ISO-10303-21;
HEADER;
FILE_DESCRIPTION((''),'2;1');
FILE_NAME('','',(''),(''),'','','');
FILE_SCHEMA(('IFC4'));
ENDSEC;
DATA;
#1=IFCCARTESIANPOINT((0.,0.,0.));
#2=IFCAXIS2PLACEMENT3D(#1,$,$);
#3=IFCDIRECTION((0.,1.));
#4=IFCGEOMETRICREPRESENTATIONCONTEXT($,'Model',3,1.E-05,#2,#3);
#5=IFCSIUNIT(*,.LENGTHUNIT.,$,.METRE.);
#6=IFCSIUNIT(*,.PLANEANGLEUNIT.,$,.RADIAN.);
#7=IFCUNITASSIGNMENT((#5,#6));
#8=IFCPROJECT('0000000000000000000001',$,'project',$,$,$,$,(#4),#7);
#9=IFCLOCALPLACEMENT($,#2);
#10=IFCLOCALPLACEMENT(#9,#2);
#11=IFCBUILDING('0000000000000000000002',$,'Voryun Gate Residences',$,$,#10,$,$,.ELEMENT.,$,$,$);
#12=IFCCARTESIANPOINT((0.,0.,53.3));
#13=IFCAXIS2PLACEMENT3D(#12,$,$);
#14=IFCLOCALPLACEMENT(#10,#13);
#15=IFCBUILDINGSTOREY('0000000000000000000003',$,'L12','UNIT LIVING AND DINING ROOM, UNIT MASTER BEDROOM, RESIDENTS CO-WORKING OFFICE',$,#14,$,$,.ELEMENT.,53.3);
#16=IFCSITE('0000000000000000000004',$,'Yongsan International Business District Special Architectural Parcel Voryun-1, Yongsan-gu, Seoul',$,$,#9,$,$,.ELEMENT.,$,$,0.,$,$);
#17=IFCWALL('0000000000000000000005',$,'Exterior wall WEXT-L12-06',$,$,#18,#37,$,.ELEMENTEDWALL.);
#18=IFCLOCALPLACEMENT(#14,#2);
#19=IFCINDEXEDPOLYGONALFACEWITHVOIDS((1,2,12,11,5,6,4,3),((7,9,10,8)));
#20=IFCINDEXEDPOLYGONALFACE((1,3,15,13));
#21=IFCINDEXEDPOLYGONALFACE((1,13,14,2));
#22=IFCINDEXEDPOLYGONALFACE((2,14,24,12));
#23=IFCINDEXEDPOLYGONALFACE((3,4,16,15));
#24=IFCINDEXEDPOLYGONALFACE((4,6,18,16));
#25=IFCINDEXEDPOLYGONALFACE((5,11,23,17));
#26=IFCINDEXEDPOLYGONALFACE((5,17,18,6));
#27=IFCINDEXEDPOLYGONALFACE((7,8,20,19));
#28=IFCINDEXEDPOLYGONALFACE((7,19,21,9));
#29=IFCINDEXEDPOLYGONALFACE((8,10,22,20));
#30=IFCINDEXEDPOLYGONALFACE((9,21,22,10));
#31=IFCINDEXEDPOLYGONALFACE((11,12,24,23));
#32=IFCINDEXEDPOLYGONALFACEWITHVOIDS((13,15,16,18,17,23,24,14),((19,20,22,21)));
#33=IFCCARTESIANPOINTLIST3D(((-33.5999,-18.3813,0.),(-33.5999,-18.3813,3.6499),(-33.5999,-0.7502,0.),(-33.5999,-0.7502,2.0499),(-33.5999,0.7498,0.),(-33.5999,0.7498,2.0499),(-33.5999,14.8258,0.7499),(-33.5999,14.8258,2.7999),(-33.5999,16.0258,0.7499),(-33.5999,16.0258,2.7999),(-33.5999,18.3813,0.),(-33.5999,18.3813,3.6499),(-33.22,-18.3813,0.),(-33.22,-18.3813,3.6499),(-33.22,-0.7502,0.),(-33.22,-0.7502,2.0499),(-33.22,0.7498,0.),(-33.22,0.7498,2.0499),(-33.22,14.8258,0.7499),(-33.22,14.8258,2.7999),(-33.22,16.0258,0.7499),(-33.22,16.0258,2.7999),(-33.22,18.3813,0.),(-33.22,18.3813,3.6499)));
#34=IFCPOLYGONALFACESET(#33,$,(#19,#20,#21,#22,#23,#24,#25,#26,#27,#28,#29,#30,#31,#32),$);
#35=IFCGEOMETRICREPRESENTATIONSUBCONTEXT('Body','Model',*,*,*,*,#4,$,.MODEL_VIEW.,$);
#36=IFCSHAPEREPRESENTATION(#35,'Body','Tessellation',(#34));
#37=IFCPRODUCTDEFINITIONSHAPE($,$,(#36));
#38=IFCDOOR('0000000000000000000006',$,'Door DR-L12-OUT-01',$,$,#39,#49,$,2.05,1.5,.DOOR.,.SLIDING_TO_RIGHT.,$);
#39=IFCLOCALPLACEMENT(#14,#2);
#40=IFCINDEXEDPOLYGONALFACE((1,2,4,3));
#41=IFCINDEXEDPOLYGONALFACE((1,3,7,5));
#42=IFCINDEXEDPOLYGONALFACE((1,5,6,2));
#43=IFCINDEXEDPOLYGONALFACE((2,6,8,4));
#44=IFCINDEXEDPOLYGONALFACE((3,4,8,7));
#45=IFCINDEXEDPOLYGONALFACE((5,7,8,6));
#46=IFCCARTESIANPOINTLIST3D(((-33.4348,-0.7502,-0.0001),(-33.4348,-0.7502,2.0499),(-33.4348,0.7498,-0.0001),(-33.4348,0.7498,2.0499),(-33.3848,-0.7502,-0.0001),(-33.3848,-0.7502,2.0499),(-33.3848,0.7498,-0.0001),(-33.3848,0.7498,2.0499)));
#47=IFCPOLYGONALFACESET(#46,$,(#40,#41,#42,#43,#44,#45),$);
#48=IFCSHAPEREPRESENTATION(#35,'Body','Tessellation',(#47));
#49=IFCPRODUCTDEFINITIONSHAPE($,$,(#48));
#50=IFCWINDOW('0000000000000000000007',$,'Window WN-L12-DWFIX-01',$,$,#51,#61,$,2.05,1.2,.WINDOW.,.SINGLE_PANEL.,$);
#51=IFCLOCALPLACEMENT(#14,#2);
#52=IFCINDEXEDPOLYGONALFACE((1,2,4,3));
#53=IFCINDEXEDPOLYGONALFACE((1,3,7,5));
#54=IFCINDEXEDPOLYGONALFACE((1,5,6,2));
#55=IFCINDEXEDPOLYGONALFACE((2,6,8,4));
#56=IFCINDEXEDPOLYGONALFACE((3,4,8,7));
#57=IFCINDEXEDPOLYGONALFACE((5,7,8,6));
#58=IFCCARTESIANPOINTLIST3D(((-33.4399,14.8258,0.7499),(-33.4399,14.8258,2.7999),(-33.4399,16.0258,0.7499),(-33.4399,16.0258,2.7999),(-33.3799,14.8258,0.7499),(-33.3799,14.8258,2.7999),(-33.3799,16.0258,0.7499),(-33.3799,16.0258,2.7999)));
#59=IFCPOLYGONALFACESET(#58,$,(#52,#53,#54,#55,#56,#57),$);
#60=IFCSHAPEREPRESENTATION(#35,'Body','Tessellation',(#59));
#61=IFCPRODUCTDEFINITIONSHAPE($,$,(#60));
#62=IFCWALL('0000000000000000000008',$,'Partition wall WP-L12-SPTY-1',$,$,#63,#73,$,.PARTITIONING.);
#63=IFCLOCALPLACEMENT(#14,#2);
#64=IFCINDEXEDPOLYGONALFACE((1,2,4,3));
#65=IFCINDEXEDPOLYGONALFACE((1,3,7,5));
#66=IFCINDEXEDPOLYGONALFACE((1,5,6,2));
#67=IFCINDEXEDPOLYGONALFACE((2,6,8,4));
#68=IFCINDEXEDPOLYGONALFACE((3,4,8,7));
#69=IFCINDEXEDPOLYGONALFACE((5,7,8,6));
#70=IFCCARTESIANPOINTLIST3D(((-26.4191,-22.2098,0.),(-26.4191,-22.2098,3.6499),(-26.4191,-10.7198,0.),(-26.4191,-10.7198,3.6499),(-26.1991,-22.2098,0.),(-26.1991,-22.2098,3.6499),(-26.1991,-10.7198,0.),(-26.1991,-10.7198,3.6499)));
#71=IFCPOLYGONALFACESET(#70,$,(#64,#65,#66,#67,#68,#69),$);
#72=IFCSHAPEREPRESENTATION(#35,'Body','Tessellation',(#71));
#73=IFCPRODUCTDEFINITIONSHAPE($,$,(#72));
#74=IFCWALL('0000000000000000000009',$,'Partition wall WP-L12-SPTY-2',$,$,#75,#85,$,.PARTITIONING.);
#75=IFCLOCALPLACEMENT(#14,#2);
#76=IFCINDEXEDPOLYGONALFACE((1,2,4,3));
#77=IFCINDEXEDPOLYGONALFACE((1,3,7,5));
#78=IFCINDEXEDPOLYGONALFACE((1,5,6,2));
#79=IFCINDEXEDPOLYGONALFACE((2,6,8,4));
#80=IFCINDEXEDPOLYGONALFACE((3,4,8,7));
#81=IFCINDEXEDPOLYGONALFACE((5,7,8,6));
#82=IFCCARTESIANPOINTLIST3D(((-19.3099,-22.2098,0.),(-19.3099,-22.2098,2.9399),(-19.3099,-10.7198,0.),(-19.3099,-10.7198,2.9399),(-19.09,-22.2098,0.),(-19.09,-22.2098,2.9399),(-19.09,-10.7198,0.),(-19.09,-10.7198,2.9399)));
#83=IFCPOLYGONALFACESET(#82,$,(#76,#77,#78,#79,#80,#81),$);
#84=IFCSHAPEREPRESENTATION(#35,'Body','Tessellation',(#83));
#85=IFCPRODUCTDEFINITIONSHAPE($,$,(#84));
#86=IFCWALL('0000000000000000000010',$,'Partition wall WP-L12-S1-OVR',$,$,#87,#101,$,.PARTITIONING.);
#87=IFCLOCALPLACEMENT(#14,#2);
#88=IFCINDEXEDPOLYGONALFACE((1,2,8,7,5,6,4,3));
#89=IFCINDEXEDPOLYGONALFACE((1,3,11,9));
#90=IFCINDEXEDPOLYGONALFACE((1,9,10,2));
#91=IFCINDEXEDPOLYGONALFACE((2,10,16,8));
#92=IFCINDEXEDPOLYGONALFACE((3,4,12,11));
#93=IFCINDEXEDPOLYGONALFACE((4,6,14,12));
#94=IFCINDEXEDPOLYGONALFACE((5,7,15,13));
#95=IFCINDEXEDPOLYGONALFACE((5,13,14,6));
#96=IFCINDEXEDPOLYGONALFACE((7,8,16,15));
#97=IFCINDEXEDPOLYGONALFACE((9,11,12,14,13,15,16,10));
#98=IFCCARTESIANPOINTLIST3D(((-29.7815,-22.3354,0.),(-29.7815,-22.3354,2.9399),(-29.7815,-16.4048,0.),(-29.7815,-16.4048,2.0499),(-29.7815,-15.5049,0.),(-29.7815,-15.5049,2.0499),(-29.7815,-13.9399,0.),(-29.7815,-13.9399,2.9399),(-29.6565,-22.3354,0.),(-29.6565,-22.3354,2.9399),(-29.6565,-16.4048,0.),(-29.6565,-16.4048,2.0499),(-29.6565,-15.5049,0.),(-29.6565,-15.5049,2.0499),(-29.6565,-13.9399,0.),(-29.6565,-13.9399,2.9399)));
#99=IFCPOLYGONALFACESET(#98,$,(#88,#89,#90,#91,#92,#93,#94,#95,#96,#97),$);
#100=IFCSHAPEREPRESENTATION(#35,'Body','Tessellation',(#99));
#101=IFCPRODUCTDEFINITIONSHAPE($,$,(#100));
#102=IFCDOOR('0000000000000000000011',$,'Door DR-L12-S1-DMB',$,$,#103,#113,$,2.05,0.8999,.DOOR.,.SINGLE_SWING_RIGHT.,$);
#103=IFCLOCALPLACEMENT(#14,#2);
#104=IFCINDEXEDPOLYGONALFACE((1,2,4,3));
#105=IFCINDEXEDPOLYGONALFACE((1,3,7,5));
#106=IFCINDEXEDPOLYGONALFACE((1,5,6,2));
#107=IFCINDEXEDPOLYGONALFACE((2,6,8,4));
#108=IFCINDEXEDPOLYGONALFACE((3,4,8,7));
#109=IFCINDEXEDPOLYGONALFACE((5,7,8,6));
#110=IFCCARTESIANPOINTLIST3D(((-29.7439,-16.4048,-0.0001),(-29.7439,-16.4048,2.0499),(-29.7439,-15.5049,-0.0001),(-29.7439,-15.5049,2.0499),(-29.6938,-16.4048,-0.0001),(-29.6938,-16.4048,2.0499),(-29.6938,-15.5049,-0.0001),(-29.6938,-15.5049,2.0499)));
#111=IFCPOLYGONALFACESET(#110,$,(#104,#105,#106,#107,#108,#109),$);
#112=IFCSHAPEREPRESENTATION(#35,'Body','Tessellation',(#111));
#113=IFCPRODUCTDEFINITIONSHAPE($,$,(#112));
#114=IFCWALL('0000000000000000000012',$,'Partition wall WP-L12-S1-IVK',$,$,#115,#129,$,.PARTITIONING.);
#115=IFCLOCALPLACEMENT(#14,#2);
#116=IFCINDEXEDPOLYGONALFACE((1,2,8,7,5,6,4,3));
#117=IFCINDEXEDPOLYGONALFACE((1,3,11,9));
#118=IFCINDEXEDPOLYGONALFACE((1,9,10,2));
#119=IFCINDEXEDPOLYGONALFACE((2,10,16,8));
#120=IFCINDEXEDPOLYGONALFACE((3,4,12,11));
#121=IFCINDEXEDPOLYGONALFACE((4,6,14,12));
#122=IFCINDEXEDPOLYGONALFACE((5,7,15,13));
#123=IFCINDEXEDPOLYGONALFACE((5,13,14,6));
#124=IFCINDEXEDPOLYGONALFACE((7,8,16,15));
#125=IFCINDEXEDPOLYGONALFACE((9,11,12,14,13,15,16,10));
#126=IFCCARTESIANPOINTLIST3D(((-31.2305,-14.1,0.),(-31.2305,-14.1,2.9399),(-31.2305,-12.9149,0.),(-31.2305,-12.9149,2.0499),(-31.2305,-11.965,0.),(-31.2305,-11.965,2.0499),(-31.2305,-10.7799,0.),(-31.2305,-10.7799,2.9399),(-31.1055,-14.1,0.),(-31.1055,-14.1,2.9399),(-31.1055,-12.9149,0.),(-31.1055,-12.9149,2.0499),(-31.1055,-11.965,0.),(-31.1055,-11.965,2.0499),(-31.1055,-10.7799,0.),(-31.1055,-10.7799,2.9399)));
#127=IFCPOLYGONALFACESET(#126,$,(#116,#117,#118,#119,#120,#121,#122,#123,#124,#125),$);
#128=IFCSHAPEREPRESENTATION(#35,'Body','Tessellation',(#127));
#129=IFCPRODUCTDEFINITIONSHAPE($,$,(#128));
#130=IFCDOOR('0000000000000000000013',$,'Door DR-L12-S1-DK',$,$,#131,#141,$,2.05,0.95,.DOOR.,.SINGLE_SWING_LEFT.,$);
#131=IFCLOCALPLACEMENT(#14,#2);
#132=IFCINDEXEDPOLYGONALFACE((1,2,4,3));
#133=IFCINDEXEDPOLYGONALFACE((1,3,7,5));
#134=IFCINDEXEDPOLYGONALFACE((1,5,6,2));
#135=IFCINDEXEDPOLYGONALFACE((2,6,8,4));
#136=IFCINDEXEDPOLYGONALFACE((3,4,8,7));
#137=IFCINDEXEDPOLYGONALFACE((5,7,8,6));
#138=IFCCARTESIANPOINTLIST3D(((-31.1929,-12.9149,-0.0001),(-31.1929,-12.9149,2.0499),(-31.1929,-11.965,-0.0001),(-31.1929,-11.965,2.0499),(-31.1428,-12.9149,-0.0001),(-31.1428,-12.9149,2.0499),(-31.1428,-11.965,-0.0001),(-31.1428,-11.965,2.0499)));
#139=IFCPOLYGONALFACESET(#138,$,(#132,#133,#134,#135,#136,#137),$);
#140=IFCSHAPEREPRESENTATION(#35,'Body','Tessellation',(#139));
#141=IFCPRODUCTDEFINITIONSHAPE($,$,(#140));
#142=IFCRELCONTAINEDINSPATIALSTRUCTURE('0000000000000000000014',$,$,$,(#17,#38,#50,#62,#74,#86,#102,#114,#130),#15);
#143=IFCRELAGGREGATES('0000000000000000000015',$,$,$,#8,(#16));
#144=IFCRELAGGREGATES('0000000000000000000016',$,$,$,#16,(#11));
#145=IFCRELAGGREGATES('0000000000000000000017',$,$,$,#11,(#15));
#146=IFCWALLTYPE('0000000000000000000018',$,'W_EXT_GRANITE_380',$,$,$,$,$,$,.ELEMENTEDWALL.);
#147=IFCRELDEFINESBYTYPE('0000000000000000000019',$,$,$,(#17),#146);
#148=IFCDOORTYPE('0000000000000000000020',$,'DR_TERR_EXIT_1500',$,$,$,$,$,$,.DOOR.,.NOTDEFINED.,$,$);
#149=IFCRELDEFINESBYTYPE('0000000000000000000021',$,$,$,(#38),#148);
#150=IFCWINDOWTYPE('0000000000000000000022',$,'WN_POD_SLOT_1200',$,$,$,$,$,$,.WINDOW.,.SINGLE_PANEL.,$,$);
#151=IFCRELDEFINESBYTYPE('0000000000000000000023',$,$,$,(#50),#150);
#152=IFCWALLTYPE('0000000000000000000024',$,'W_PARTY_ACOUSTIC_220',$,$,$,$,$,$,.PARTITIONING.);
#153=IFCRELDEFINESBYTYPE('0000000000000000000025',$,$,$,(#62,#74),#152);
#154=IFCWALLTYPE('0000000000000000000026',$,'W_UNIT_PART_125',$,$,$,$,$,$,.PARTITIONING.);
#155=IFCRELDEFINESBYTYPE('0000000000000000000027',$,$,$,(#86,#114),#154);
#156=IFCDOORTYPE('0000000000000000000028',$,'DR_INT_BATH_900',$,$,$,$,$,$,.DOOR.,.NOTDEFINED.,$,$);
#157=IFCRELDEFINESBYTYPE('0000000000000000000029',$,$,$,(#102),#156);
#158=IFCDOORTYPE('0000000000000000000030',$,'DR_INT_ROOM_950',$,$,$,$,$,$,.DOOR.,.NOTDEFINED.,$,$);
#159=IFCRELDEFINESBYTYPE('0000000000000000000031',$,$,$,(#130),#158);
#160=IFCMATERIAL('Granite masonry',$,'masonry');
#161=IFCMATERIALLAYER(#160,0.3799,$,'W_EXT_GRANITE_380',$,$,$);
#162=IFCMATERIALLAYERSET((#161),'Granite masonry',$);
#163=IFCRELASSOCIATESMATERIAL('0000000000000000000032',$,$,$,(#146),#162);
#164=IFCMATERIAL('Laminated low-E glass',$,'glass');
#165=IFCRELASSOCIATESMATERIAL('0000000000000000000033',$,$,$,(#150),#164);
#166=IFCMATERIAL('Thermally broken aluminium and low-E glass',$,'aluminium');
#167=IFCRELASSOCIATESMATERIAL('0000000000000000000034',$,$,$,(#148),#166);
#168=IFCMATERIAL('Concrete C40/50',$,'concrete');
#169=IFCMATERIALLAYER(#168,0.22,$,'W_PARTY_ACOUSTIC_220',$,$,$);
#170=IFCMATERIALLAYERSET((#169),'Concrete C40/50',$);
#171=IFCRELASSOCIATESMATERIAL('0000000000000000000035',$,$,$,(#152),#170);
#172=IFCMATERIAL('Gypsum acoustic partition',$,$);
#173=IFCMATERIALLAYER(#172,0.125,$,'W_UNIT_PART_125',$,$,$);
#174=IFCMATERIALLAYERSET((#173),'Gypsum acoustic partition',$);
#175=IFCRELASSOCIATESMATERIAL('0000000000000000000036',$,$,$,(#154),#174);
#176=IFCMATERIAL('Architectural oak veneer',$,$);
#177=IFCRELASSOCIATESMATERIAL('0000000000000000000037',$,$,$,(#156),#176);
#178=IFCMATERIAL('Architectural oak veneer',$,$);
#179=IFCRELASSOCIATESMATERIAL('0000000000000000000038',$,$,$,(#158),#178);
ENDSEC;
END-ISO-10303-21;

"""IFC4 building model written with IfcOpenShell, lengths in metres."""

from ifc_helpers import new_model, si_unit, direction, frame, frame_2d, origin, place, context, subcontext, project, spatial, rectangle, extrude, material, layer, layer_set, type_object, element, fill, save


model = new_model("IFC4")

# Units and contexts
model_context = context("Model", 3, precision=1e-05, world=origin(), true_north=direction((0.0, 1.0)))
body_context = subcontext(model_context, "Body", "Model", "MODEL_VIEW")
ifc_project = project(units=[si_unit("LENGTHUNIT", "METRE"), si_unit("PLANEANGLEUNIT", "RADIAN")], contexts=[model_context])

# Site, building, storey
site_placement = place(None, origin())
site = spatial("IfcSite", under=ifc_project, at=site_placement, Name="Yongsan International Business District Special Architectural Parcel Voryun-1, Yongsan-gu, Seoul", CompositionType="ELEMENT", RefElevation=0.0)
building_placement = place(site_placement, origin())
building = spatial("IfcBuilding", under=site, at=building_placement, Name="Voryun Gate Residences", CompositionType="ELEMENT")
storey_placement = place(building_placement, frame((0.0, 0.0, 53.3)))
storey = spatial("IfcBuildingStorey", under=building, at=storey_placement, Name="L12", Description="UNIT LIVING AND DINING ROOM, UNIT MASTER BEDROOM, RESIDENTS CO-WORKING OFFICE", CompositionType="ELEMENT", Elevation=53.3)

# Shared definitions
ifc_material_1 = material(Name="Granite masonry", Category="masonry")
ifc_layer_1 = layer(ifc_material_1, 0.3799, Name="W_EXT_GRANITE_380")
ifc_layer_set_1 = layer_set([ifc_layer_1], Name="Granite masonry")
wall_type_1 = type_object("IfcWallType", Name="W_EXT_GRANITE_380", PredefinedType="ELEMENTEDWALL", material=ifc_layer_set_1)

# Shared definitions
ifc_material_2 = material(Name="Laminated low-E glass", Category="glass")
window_type = type_object("IfcWindowType", Name="WN_POD_SLOT_1200", PartitioningType="SINGLE_PANEL", PredefinedType="WINDOW", material=ifc_material_2)

# Wall, openings, door, window
wall_1_placement = place(storey_placement, frame((-33.4099, -18.3813, 0.0), z_axis=(0.0, 0.0, 1.0), x_axis=(0.0, 1.0, 0.0)))
wall_1 = element("IfcWall", 1, at=wall_1_placement, inside=storey, type_object=wall_type_1, Name="Exterior wall WEXT-L12-06", PredefinedType="ELEMENTEDWALL", context=body_context, shape_type="SweptSolid", body=[
    extrude(rectangle(XDim=36.7627, YDim=0.3799, at=frame_2d((18.3813, 0.0))), origin(), (0.0, 0.0, 1.0), 3.6499),
])
opening_1_placement = place(wall_1_placement, frame((17.6311, 0.0, 0.0)))
opening_1 = element("IfcOpeningElement", 2, at=opening_1_placement, cuts=wall_1, PredefinedType="OPENING", context=body_context, shape_type="SweptSolid", body=[
    extrude(rectangle(XDim=1.5, YDim=2.05, at=frame_2d((0.75, 1.0249))), frame((0.0, 0.2, 0.0), z_axis=(0.0, -1.0, 0.0), x_axis=(1.0, 0.0, 0.0)), (0.0, 0.0, 1.0), 0.3999),
])
opening_2_placement = place(wall_1_placement, frame((33.207, 0.0, 0.75)))
opening_2 = element("IfcOpeningElement", 3, at=opening_2_placement, cuts=wall_1, PredefinedType="OPENING", context=body_context, shape_type="SweptSolid", body=[
    extrude(rectangle(XDim=1.2, YDim=2.05, at=frame_2d((0.6001, 1.0249))), frame((0.0, 0.2, 0.0), z_axis=(0.0, -1.0, 0.0), x_axis=(1.0, 0.0, 0.0)), (0.0, 0.0, 1.0), 0.3999),
])
ifc_material_3 = material(Name="Thermally broken aluminium and low-E glass", Category="aluminium")
door_type_1 = type_object("IfcDoorType", Name="DR_TERR_EXIT_1500", OperationType="NOTDEFINED", PredefinedType="DOOR", material=ifc_material_3)
door_1_placement = place(opening_1_placement, origin())
door_1 = element("IfcDoor", 4, at=door_1_placement, inside=storey, type_object=door_type_1, Name="Door DR-L12-OUT-01", OperationType="SLIDING_TO_RIGHT", OverallHeight=2.05, OverallWidth=1.5, PredefinedType="DOOR", context=body_context, shape_type="SweptSolid", body=[
    extrude(rectangle(XDim=1.5, YDim=2.05, at=frame_2d((0.75, 1.0249))), frame((0.0, 0.0249, 0.0), z_axis=(0.0, -1.0, 0.0), x_axis=(1.0, 0.0, 0.0)), (0.0, 0.0, 1.0), 0.05),
])
fill(opening_1, door_1)
window_1_placement = place(opening_2_placement, origin())
window_1 = element("IfcWindow", 5, at=window_1_placement, inside=storey, type_object=window_type, Name="Window WN-L12-DWFIX-01", OverallHeight=2.05, OverallWidth=1.2, PartitioningType="SINGLE_PANEL", PredefinedType="WINDOW", context=body_context, shape_type="SweptSolid", body=[
    extrude(rectangle(XDim=1.2, YDim=2.05, at=frame_2d((0.6001, 1.0249))), frame((0.0, 0.03, 0.0), z_axis=(0.0, -1.0, 0.0), x_axis=(1.0, 0.0, 0.0)), (0.0, 0.0, 1.0), 0.0601),
])
fill(opening_2, window_1)

# Walls
ifc_material_4 = material(Name="Concrete C40/50", Category="concrete")
ifc_layer_2 = layer(ifc_material_4, 0.22, Name="W_PARTY_ACOUSTIC_220")
ifc_layer_set_2 = layer_set([ifc_layer_2], Name="Concrete C40/50")
wall_type_2 = type_object("IfcWallType", Name="W_PARTY_ACOUSTIC_220", PredefinedType="PARTITIONING", material=ifc_layer_set_2)
wall_2_placement = place(storey_placement, frame((-26.3091, -22.21, 0.0), z_axis=(0.0, 0.0, 1.0), x_axis=(0.0, 1.0, 0.0)))
element("IfcWall", 6, at=wall_2_placement, inside=storey, type_object=wall_type_2, Name="Partition wall WP-L12-SPTY-1", PredefinedType="PARTITIONING", context=body_context, shape_type="SweptSolid", body=[
    extrude(rectangle(XDim=11.49, YDim=0.22, at=frame_2d((5.7451, 0.0))), origin(), (0.0, 0.0, 1.0), 3.6499),
])
wall_3_placement = place(storey_placement, frame((-19.2, -22.21, 0.0), z_axis=(0.0, 0.0, 1.0), x_axis=(0.0, 1.0, 0.0)))
element("IfcWall", 7, at=wall_3_placement, inside=storey, type_object=wall_type_2, Name="Partition wall WP-L12-SPTY-2", PredefinedType="PARTITIONING", context=body_context, shape_type="SweptSolid", body=[
    extrude(rectangle(XDim=11.49, YDim=0.22, at=frame_2d((5.7451, 0.0))), origin(), (0.0, 0.0, 1.0), 2.9399),
])

# Walls, openings, doors
ifc_material_5 = material(Name="Gypsum acoustic partition")
ifc_layer_3 = layer(ifc_material_5, 0.125, Name="W_UNIT_PART_125")
ifc_layer_set_3 = layer_set([ifc_layer_3], Name="Gypsum acoustic partition")
wall_type_3 = type_object("IfcWallType", Name="W_UNIT_PART_125", PredefinedType="PARTITIONING", material=ifc_layer_set_3)
wall_4_placement = place(storey_placement, frame((-29.719, -22.3354, 0.0), z_axis=(0.0, 0.0, 1.0), x_axis=(0.0, 1.0, 0.0)))
wall_4 = element("IfcWall", 8, at=wall_4_placement, inside=storey, type_object=wall_type_3, Name="Partition wall WP-L12-S1-OVR", PredefinedType="PARTITIONING", context=body_context, shape_type="SweptSolid", body=[
    extrude(rectangle(XDim=8.3955, YDim=0.125, at=frame_2d((4.1978, 0.0))), origin(), (0.0, 0.0, 1.0), 2.9399),
])
opening_3_placement = place(wall_4_placement, frame((5.9307, 0.0, 0.0)))
opening_3 = element("IfcOpeningElement", 9, at=opening_3_placement, cuts=wall_4, PredefinedType="OPENING", context=body_context, shape_type="SweptSolid", body=[
    extrude(rectangle(XDim=0.8999, YDim=2.05, at=frame_2d((0.45, 1.0249))), frame((0.0, 0.0725, 0.0), z_axis=(0.0, -1.0, 0.0), x_axis=(1.0, 0.0, 0.0)), (0.0, 0.0, 1.0), 0.145),
])
ifc_material_6 = material(Name="Architectural oak veneer")
door_type_2 = type_object("IfcDoorType", Name="DR_INT_BATH_900", OperationType="NOTDEFINED", PredefinedType="DOOR", material=ifc_material_6)
door_2_placement = place(opening_3_placement, origin())
door_2 = element("IfcDoor", 10, at=door_2_placement, inside=storey, type_object=door_type_2, Name="Door DR-L12-S1-DMB", OperationType="SINGLE_SWING_RIGHT", OverallHeight=2.05, OverallWidth=0.8999, PredefinedType="DOOR", context=body_context, shape_type="SweptSolid", body=[
    extrude(rectangle(XDim=0.8999, YDim=2.05, at=frame_2d((0.45, 1.0249))), frame((0.0, 0.0249, 0.0), z_axis=(0.0, -1.0, 0.0), x_axis=(1.0, 0.0, 0.0)), (0.0, 0.0, 1.0), 0.05),
])
fill(opening_3, door_2)
wall_5_placement = place(storey_placement, frame((-31.168, -14.1001, 0.0), z_axis=(0.0, 0.0, 1.0), x_axis=(0.0, 1.0, 0.0)))
wall_5 = element("IfcWall", 11, at=wall_5_placement, inside=storey, type_object=wall_type_3, Name="Partition wall WP-L12-S1-IVK", PredefinedType="PARTITIONING", context=body_context, shape_type="SweptSolid", body=[
    extrude(rectangle(XDim=3.3201, YDim=0.125, at=frame_2d((1.6602, 0.0))), origin(), (0.0, 0.0, 1.0), 2.9399),
])
opening_4_placement = place(wall_5_placement, frame((1.1851, 0.0, 0.0)))
opening_4 = element("IfcOpeningElement", 12, at=opening_4_placement, cuts=wall_5, PredefinedType="OPENING", context=body_context, shape_type="SweptSolid", body=[
    extrude(rectangle(XDim=0.95, YDim=2.05, at=frame_2d((0.4751, 1.0249))), frame((0.0, 0.0725, 0.0), z_axis=(0.0, -1.0, 0.0), x_axis=(1.0, 0.0, 0.0)), (0.0, 0.0, 1.0), 0.145),
])
ifc_material_7 = material(Name="Architectural oak veneer")
door_type_3 = type_object("IfcDoorType", Name="DR_INT_ROOM_950", OperationType="NOTDEFINED", PredefinedType="DOOR", material=ifc_material_7)
door_3_placement = place(opening_4_placement, origin())
door_3 = element("IfcDoor", 13, at=door_3_placement, inside=storey, type_object=door_type_3, Name="Door DR-L12-S1-DK", OperationType="SINGLE_SWING_LEFT", OverallHeight=2.05, OverallWidth=0.95, PredefinedType="DOOR", context=body_context, shape_type="SweptSolid", body=[
    extrude(rectangle(XDim=0.95, YDim=2.05, at=frame_2d((0.4751, 1.0249))), frame((0.0, 0.0249, 0.0), z_axis=(0.0, -1.0, 0.0), x_axis=(1.0, 0.0, 0.0)), (0.0, 0.0, 1.0), 0.05),
])
fill(opening_4, door_3)

save(model, "model.ifc")
